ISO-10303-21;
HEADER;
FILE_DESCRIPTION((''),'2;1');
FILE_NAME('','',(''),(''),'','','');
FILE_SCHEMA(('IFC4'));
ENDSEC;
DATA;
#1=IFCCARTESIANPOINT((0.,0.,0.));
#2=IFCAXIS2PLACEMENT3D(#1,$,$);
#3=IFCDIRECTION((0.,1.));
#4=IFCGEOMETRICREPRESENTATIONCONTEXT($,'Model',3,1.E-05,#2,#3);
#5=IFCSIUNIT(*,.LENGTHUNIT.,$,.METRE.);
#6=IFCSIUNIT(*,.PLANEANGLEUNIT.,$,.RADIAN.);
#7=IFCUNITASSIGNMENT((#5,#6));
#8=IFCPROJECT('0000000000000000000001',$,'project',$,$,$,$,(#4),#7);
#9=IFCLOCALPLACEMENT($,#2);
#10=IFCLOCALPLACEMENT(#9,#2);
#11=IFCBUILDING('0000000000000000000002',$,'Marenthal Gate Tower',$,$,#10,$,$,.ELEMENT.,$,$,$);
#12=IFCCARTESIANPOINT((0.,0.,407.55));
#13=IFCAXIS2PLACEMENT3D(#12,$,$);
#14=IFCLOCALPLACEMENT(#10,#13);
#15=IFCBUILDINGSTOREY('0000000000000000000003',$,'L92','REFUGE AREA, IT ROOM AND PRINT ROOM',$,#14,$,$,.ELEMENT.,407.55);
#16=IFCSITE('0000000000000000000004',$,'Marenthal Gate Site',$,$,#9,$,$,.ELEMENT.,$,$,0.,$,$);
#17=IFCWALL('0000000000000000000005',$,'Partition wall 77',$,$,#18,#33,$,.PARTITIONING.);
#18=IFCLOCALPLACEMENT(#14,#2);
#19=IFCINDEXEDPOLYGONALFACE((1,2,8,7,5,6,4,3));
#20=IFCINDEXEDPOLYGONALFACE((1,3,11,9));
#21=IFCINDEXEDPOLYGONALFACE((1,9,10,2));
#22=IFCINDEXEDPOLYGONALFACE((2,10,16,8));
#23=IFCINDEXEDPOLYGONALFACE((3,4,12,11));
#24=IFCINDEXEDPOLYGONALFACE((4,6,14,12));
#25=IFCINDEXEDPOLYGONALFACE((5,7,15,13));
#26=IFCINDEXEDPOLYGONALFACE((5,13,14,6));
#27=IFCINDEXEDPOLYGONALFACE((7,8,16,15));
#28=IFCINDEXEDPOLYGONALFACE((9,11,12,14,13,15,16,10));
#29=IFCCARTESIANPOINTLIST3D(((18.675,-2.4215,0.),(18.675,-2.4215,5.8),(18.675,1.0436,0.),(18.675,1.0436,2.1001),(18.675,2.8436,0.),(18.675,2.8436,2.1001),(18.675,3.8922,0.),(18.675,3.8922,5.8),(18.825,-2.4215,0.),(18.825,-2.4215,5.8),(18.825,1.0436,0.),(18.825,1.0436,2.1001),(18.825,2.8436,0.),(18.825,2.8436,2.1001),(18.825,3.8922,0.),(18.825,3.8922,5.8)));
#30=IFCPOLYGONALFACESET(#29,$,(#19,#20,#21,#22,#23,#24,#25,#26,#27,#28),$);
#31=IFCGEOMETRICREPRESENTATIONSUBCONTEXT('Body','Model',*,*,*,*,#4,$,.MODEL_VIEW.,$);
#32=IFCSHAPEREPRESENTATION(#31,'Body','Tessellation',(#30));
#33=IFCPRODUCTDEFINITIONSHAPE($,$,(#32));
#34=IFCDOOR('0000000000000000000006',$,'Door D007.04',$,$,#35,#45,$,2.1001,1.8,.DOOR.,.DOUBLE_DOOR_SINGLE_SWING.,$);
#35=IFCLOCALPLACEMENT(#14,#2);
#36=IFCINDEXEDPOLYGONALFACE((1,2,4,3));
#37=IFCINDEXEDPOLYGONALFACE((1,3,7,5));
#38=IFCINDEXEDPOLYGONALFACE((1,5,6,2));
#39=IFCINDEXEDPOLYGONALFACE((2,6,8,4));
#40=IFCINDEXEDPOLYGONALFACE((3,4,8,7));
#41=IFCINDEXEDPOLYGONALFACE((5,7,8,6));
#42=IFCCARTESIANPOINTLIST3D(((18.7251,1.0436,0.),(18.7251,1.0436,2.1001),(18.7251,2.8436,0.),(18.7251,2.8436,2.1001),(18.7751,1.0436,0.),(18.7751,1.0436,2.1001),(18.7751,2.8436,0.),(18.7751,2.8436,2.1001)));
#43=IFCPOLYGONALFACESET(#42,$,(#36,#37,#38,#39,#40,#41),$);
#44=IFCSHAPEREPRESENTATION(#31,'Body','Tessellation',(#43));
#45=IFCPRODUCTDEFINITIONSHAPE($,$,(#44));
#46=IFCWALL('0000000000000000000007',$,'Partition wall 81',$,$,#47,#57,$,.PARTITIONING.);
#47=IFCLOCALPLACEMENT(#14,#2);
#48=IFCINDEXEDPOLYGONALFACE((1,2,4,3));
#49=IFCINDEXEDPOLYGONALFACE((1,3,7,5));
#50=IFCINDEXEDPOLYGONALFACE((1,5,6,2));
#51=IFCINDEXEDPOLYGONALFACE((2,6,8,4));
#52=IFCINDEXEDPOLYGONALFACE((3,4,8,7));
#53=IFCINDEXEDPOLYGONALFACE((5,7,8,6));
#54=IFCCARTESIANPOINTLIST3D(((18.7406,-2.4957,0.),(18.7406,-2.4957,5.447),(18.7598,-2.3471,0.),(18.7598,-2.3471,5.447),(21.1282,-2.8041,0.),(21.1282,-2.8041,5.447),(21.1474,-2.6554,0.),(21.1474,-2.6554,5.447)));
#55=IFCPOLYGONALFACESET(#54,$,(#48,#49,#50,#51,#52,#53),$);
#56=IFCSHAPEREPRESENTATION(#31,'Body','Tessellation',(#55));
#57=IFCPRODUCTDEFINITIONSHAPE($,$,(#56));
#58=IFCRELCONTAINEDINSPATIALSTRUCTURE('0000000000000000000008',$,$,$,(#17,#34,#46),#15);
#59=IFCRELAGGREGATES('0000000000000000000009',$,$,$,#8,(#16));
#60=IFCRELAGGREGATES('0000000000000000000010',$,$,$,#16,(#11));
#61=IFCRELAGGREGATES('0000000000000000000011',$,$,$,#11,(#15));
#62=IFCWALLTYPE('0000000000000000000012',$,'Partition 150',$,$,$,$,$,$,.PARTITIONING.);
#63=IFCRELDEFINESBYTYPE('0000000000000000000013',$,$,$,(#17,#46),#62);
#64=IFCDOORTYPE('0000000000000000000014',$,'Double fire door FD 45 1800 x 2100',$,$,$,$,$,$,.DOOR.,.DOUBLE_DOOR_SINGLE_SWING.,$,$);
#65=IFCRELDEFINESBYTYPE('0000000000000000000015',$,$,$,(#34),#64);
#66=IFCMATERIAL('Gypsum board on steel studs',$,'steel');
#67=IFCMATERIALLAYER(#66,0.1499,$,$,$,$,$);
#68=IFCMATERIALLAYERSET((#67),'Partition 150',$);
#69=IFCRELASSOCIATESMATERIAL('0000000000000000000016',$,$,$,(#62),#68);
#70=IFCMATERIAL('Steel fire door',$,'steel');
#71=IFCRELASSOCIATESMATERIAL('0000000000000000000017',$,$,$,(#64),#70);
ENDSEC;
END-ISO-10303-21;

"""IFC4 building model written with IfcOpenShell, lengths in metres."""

from ifc_helpers import new_model, si_unit, direction, frame, frame_2d, origin, place, context, subcontext, project, spatial, rectangle, extrude, material, layer, layer_set, type_object, element, fill, save


model = new_model("IFC4")

# Units and contexts
model_context = context("Model", 3, precision=1e-05, world=origin(), true_north=direction((0.0, 1.0)))
body_context = subcontext(model_context, "Body", "Model", "MODEL_VIEW")
ifc_project = project(units=[si_unit("LENGTHUNIT", "METRE"), si_unit("PLANEANGLEUNIT", "RADIAN")], contexts=[model_context])

# Site, building, storey
site_placement = place(None, origin())
site = spatial("IfcSite", under=ifc_project, at=site_placement, Name="Marenthal Gate Site", CompositionType="ELEMENT", RefElevation=0.0)
building_placement = place(site_placement, origin())
building = spatial("IfcBuilding", under=site, at=building_placement, Name="Marenthal Gate Tower", CompositionType="ELEMENT")
storey_placement = place(building_placement, frame((0.0, 0.0, 407.55)))
storey = spatial("IfcBuildingStorey", under=building, at=storey_placement, Name="L92", Description="REFUGE AREA, IT ROOM AND PRINT ROOM", CompositionType="ELEMENT", Elevation=407.55)

# Wall, opening, door
ifc_material_1 = material(Name="Gypsum board on steel studs", Category="steel")
ifc_layer_1 = layer(ifc_material_1, 0.1499)
ifc_layer_set_1 = layer_set([ifc_layer_1], Name="Partition 150")
wall_type_1 = type_object("IfcWallType", Name="Partition 150", PredefinedType="PARTITIONING", material=ifc_layer_set_1)
wall_1_placement = place(storey_placement, frame((18.75, -2.4214, 0.0), z_axis=(0.0, 0.0, 1.0), x_axis=(0.0, 1.0, 0.0)))
wall_1 = element("IfcWall", 1, at=wall_1_placement, inside=storey, type_object=wall_type_1, Name="Partition wall 77", PredefinedType="PARTITIONING", context=body_context, shape_type="SweptSolid", body=[
    extrude(rectangle(XDim=6.3137, YDim=0.1499, at=frame_2d((3.1567, 0.0))), origin(), (0.0, 0.0, 1.0), 5.8),
])
opening_1_placement = place(wall_1_placement, frame((3.4651, 0.0, 0.0)))
opening_1 = element("IfcOpeningElement", 2, at=opening_1_placement, cuts=wall_1, PredefinedType="OPENING", context=body_context, shape_type="SweptSolid", body=[
    extrude(rectangle(XDim=1.8, YDim=2.1001, at=frame_2d((0.8999, 1.05))), frame((0.0, 0.085, 0.0), z_axis=(0.0, -1.0, 0.0), x_axis=(1.0, 0.0, 0.0)), (0.0, 0.0, 1.0), 0.1699),
])
ifc_material_2 = material(Name="Steel fire door", Category="steel")
door_type_1 = type_object("IfcDoorType", Name="Double fire door FD 45 1800 x 2100", OperationType="DOUBLE_DOOR_SINGLE_SWING", PredefinedType="DOOR", material=ifc_material_2)
door_1_placement = place(opening_1_placement, origin())
door_1 = element("IfcDoor", 3, at=door_1_placement, inside=storey, type_object=door_type_1, Name="Door D007.04", OperationType="DOUBLE_DOOR_SINGLE_SWING", OverallHeight=2.1001, OverallWidth=1.8, PredefinedType="DOOR", context=body_context, shape_type="SweptSolid", body=[
    extrude(rectangle(XDim=1.8, YDim=2.1001, at=frame_2d((0.8999, 1.05))), frame((0.0, 0.0249, 0.0), z_axis=(0.0, -1.0, 0.0), x_axis=(1.0, 0.0, 0.0)), (0.0, 0.0, 1.0), 0.05),
])
fill(opening_1, door_1)

# Wall
wall_2_placement = place(storey_placement, frame((21.1377, -2.7297, 0.0), z_axis=(0.0, 0.0, 1.0), x_axis=(-0.991764, 0.128078, 0.0)))
element("IfcWall", 4, at=wall_2_placement, inside=storey, type_object=wall_type_1, Name="Partition wall 81", PredefinedType="PARTITIONING", context=body_context, shape_type="SweptSolid", body=[
    extrude(rectangle(XDim=2.4075, YDim=0.1499, at=frame_2d((1.2036, 0.0))), origin(), (0.0, 0.0, 1.0), 5.447),
])

save(model, "model.ifc")
